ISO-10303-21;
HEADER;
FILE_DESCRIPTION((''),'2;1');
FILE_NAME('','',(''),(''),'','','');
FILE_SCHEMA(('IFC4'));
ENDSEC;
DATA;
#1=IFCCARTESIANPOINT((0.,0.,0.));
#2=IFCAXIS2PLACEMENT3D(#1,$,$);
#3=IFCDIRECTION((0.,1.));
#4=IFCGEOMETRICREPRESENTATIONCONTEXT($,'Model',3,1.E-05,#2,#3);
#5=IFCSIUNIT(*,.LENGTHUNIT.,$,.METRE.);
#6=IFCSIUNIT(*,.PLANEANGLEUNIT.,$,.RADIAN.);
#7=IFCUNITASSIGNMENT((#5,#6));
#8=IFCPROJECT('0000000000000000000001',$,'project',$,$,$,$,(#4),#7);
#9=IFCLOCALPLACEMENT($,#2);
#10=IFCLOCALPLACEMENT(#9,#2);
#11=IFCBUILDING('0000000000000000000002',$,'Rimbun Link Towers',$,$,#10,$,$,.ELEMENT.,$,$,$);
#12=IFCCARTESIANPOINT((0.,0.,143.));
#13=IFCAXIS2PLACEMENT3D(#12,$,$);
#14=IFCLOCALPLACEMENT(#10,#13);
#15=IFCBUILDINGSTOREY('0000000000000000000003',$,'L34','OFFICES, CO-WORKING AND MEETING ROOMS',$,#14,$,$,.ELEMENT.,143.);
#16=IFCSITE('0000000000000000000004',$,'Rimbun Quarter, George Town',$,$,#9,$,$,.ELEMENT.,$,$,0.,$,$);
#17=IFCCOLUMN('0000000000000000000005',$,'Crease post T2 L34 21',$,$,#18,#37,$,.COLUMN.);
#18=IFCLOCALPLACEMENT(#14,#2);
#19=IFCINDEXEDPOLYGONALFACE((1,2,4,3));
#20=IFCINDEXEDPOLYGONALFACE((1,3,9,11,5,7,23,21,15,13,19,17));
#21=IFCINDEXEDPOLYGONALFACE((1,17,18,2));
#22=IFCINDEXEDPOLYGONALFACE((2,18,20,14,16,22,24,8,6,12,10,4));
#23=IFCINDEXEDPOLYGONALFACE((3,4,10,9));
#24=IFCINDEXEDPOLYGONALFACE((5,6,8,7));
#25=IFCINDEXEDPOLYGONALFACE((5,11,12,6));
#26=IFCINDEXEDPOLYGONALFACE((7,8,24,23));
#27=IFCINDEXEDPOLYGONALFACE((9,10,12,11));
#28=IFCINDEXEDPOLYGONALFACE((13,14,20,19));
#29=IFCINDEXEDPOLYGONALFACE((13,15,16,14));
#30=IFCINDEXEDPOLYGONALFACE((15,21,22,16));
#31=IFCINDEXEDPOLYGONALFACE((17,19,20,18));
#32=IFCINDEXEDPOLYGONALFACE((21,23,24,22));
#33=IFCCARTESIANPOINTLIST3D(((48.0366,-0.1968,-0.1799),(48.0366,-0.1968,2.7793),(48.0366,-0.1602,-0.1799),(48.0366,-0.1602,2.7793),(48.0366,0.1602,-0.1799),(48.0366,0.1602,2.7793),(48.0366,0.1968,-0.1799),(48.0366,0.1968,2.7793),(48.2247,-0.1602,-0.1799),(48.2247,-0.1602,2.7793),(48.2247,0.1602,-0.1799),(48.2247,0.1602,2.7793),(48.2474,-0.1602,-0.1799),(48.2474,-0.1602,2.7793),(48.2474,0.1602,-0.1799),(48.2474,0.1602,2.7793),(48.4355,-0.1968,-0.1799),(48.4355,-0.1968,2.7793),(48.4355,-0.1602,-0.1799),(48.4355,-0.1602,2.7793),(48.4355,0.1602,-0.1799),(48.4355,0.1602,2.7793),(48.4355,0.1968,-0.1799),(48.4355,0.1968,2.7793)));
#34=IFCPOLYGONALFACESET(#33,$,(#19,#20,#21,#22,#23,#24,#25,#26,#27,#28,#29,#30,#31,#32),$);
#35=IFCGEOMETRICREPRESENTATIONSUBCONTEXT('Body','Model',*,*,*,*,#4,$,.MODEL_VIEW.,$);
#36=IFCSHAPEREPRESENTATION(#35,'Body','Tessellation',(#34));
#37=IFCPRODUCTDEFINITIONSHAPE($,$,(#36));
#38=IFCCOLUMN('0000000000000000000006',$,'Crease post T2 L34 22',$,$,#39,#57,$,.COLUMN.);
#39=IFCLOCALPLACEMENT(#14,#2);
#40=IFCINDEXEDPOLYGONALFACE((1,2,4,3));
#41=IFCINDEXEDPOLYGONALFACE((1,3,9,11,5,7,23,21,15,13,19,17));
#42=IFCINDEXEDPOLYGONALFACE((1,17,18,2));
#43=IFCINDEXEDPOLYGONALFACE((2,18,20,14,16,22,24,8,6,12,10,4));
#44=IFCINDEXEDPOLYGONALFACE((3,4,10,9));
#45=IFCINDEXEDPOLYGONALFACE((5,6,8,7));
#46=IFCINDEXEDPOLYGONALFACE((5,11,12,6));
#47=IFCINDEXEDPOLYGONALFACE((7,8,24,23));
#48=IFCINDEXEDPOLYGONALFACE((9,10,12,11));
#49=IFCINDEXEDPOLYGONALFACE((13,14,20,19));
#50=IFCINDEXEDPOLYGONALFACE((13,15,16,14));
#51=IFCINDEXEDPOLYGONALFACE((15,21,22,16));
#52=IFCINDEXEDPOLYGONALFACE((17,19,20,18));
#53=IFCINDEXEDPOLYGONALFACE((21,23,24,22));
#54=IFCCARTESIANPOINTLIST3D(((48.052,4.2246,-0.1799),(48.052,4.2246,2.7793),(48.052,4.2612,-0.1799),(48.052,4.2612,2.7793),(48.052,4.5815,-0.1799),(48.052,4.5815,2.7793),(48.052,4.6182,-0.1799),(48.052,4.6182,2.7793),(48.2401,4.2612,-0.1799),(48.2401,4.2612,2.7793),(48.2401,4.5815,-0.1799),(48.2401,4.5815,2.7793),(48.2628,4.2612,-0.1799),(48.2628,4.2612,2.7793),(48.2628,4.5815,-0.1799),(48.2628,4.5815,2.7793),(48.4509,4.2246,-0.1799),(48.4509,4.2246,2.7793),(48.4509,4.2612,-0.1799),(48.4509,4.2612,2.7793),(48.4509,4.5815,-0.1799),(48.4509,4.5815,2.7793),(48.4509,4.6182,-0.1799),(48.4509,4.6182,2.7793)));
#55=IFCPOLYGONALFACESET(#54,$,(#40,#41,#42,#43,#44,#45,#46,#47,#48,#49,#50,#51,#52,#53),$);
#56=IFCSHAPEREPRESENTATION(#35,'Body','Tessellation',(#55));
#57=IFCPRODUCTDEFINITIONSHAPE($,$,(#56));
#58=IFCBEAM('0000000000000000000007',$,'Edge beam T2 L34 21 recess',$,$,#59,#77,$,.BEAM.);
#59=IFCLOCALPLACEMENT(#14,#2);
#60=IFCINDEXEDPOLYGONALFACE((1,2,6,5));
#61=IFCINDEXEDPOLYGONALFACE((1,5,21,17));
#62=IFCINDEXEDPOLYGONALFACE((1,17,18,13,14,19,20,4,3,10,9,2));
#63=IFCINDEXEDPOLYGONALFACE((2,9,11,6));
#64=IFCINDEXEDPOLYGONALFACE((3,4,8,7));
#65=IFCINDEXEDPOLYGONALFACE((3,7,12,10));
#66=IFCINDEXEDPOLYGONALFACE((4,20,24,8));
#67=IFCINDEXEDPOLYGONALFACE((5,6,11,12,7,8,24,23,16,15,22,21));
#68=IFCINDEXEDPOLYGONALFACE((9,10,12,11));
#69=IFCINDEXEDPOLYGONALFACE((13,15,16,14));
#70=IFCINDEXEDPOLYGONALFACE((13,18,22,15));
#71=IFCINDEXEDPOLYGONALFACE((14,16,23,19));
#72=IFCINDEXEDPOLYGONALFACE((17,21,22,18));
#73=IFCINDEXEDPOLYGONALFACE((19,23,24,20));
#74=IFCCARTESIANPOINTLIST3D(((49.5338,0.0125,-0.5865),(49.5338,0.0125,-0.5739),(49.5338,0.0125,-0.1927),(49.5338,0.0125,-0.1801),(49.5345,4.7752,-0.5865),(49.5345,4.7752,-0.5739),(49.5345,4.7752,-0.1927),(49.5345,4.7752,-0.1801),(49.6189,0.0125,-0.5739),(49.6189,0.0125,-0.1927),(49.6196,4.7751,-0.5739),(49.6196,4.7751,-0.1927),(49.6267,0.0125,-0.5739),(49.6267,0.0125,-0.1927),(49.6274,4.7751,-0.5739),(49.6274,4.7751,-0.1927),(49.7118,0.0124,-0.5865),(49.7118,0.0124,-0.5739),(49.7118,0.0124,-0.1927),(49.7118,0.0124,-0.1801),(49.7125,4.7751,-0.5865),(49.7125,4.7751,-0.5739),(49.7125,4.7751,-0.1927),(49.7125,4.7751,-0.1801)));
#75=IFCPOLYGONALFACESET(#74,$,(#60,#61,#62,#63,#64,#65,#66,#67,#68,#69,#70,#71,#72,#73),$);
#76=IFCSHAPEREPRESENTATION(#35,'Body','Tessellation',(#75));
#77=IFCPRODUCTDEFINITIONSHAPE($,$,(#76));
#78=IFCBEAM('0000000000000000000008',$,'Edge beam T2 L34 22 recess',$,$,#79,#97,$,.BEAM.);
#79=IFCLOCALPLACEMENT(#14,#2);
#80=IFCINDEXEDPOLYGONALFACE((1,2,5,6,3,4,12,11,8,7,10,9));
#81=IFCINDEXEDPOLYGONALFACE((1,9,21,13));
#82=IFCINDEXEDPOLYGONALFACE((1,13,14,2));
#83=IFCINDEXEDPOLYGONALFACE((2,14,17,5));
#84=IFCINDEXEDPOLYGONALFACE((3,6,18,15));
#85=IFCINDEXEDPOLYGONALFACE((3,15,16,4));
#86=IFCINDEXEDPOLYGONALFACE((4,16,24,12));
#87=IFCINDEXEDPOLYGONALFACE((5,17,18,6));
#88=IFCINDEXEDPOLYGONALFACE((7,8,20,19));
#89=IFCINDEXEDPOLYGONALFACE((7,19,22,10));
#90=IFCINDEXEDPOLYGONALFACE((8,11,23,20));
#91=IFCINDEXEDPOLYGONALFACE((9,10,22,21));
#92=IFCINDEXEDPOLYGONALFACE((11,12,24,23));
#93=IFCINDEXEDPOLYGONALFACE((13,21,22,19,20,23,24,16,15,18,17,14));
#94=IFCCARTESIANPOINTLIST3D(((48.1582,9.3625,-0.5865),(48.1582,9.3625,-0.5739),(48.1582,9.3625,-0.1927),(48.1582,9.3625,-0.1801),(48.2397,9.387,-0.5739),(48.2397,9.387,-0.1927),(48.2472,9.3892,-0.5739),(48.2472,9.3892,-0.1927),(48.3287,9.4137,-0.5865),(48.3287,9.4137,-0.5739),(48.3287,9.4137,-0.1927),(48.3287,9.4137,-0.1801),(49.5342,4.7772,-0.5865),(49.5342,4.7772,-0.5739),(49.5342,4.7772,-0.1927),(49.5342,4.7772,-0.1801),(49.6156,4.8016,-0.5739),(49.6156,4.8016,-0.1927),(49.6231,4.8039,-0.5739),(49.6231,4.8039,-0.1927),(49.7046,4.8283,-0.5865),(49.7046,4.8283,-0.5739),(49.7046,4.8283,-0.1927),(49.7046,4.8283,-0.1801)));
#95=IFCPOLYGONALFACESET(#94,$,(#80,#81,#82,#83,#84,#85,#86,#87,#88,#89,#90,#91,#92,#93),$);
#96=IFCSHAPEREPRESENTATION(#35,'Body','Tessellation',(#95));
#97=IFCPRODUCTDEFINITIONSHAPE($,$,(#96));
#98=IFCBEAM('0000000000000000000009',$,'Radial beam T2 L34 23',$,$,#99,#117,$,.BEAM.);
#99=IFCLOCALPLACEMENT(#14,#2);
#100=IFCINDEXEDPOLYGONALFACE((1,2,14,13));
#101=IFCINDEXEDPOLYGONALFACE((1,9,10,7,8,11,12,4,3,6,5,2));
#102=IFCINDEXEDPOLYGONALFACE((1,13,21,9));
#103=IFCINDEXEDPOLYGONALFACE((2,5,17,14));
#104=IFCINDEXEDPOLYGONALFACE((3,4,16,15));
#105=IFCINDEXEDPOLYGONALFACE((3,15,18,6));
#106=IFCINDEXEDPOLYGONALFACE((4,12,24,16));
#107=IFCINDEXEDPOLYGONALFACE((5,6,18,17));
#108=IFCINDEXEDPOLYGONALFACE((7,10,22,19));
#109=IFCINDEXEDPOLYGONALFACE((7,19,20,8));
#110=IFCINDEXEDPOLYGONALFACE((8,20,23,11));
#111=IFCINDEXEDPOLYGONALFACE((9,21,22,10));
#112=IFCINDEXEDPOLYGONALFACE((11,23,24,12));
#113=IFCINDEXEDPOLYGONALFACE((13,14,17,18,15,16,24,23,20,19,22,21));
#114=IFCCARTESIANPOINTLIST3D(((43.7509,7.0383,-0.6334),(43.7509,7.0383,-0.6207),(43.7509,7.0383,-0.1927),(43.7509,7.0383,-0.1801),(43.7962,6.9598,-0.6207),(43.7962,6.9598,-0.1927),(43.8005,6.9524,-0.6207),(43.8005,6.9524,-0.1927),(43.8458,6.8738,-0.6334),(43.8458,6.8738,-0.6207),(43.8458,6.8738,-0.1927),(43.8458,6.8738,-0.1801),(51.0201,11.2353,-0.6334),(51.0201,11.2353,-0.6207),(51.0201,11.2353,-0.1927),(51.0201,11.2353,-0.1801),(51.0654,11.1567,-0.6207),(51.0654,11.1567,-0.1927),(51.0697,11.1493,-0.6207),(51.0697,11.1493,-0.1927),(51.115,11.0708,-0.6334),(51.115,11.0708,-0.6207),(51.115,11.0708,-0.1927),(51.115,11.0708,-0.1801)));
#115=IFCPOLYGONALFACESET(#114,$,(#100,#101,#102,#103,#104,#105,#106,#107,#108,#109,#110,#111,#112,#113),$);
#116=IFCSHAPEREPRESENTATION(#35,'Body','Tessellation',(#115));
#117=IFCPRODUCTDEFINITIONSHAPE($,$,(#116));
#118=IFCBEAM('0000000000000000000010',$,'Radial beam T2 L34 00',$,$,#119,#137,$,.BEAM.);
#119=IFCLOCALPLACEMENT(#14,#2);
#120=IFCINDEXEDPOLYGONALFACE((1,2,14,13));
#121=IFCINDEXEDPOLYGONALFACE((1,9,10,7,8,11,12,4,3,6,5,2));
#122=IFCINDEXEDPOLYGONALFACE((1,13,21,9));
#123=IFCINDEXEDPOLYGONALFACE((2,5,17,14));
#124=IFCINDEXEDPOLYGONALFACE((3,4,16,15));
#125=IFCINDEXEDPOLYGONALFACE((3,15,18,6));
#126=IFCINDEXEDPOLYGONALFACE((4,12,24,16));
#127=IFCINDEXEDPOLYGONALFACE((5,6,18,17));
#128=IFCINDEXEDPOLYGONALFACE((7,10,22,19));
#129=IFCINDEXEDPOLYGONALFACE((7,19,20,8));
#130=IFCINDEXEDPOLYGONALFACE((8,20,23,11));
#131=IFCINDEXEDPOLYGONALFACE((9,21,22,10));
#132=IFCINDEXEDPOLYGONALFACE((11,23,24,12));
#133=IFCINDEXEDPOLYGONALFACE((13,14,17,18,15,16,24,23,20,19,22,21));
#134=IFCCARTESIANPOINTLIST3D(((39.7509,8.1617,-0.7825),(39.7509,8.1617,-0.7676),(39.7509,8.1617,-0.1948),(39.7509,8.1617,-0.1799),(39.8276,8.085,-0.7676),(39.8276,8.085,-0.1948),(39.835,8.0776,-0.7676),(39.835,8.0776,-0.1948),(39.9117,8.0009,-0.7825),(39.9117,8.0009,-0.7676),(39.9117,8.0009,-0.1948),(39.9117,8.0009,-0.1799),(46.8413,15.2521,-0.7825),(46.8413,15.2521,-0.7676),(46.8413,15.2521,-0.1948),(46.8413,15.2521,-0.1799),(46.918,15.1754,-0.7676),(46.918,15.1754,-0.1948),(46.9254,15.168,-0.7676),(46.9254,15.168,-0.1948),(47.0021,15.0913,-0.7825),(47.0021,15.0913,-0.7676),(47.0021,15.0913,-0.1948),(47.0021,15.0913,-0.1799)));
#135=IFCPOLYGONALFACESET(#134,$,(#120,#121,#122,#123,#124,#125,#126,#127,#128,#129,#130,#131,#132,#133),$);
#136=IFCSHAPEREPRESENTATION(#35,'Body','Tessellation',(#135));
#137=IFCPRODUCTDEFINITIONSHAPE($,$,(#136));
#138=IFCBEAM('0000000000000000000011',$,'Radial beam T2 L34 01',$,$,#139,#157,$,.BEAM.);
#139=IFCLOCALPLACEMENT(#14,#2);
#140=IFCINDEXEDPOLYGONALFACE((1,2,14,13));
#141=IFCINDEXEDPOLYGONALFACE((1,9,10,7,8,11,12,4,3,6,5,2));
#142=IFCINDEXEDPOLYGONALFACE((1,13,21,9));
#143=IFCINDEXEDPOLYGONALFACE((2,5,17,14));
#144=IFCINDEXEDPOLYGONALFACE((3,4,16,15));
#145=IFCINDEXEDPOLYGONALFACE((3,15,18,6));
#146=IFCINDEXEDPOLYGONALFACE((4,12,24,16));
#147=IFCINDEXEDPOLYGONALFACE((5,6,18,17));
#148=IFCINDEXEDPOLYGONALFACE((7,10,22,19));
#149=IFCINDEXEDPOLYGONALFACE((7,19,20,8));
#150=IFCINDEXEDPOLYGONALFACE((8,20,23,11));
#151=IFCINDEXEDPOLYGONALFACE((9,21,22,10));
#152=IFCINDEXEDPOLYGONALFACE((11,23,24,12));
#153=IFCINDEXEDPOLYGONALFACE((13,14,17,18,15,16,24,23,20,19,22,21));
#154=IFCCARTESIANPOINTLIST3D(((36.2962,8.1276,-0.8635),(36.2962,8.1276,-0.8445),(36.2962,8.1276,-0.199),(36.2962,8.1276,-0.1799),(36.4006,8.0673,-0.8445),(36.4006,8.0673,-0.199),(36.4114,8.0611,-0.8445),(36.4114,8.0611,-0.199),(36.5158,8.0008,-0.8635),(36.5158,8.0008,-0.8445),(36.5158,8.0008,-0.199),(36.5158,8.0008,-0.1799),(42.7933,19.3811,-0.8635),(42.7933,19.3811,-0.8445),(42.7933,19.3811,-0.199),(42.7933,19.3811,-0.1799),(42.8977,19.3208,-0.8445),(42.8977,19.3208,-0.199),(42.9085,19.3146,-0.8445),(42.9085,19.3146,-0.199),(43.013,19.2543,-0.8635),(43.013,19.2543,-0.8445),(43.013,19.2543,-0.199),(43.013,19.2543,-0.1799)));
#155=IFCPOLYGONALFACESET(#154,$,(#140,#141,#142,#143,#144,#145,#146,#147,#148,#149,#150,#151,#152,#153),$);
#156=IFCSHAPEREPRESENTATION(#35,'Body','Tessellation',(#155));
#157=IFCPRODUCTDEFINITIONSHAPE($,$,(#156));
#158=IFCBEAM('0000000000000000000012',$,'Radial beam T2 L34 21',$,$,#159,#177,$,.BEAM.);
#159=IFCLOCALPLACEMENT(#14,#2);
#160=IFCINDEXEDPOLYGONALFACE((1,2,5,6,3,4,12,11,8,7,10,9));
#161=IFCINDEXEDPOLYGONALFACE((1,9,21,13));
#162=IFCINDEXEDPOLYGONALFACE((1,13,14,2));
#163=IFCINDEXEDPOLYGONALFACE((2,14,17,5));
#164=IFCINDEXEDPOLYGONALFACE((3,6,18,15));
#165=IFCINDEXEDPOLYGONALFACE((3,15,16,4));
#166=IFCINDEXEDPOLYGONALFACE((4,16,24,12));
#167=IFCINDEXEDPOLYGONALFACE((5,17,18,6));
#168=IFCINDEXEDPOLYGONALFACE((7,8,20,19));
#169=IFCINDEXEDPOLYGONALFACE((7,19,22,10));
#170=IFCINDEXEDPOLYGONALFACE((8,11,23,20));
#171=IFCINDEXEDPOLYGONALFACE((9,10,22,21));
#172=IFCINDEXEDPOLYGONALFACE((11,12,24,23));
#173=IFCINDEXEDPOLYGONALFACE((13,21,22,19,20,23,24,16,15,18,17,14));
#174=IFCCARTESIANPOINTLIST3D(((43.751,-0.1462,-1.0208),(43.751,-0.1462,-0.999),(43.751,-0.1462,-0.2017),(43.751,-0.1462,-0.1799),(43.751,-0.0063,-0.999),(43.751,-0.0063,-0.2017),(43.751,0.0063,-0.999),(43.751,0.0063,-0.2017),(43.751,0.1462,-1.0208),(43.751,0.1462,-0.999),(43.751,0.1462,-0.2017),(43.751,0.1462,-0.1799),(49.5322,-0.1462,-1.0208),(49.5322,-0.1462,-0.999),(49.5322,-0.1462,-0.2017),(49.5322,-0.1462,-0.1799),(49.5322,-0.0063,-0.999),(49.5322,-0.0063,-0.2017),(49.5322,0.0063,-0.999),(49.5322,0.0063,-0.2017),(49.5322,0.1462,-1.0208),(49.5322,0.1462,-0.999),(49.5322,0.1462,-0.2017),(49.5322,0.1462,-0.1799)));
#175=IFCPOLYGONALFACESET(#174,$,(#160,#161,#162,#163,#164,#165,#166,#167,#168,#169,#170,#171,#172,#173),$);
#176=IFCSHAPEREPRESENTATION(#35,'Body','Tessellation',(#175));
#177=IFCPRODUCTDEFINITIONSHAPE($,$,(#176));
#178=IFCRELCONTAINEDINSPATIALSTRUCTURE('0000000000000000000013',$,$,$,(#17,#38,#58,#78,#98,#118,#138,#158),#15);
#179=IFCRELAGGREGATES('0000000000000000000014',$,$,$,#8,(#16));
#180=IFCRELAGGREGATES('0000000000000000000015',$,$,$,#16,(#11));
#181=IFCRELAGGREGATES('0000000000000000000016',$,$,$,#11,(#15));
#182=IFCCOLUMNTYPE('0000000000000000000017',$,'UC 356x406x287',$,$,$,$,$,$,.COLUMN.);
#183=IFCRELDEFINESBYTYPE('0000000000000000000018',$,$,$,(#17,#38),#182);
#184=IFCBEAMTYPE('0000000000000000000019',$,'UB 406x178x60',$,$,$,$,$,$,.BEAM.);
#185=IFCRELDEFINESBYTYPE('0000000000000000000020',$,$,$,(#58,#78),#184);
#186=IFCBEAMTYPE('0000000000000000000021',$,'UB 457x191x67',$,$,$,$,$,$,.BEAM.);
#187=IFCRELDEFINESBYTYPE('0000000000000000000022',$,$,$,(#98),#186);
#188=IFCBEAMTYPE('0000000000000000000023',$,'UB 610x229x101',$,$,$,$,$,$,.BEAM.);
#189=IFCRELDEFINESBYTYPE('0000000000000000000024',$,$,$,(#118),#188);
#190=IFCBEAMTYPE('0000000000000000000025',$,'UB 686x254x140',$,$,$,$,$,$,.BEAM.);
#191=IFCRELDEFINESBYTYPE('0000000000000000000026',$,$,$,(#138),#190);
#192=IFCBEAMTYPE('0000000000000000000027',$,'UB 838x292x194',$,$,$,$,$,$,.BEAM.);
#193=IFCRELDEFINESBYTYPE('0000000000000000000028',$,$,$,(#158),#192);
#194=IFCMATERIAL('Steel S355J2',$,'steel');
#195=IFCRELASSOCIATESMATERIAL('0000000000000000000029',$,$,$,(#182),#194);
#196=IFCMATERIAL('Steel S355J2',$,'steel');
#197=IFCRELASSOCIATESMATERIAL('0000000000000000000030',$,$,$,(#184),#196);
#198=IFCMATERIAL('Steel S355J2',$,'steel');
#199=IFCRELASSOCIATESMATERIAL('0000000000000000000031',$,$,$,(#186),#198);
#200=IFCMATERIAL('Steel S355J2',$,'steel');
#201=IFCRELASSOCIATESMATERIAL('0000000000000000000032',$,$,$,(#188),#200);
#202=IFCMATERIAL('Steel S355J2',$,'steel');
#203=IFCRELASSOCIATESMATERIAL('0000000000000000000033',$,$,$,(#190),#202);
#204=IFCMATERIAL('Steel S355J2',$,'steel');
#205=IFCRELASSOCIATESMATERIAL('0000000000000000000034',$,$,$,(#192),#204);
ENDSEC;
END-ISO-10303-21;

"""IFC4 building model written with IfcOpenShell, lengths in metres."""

from ifc_helpers import new_model, si_unit, direction, frame, origin, origin_2d, place, context, subcontext, project, spatial, i_section, extrude, material, material_profile, profile_set, type_object, element, save


model = new_model("IFC4")

# Units and contexts
model_context = context("Model", 3, precision=1e-05, world=origin(), true_north=direction((0.0, 1.0)))
body_context = subcontext(model_context, "Body", "Model", "MODEL_VIEW")
ifc_project = project(units=[si_unit("LENGTHUNIT", "METRE"), si_unit("PLANEANGLEUNIT", "RADIAN")], contexts=[model_context])

# Site, building, storey
site_placement = place(None, origin())
site = spatial("IfcSite", under=ifc_project, at=site_placement, Name="Rimbun Quarter, George Town", CompositionType="ELEMENT", RefElevation=0.0)
building_placement = place(site_placement, origin())
building = spatial("IfcBuilding", under=site, at=building_placement, Name="Rimbun Link Towers", CompositionType="ELEMENT")
storey_placement = place(building_placement, frame((0.0, 0.0, 143.0)))
storey = spatial("IfcBuildingStorey", under=building, at=storey_placement, Name="L34", Description="OFFICES, CO-WORKING AND MEETING ROOMS", CompositionType="ELEMENT", Elevation=143.0)

# Columns
ifc_material_1 = material(Name="Steel S355J2", Category="steel")
ifc_material_profile_1 = material_profile(ifc_material_1, i_section(OverallWidth=0.3989, OverallDepth=0.3936, WebThickness=0.0227, FlangeThickness=0.0366, at=origin_2d()), Name="UC 356x406x287")
ifc_profile_set_1 = profile_set([ifc_material_profile_1], Name="Steel S355J2")
column_type = type_object("IfcColumnType", Name="UC 356x406x287", PredefinedType="COLUMN", material=ifc_profile_set_1)
for number, where, z_axis, x_axis, name in (
    (1, (48.2361, 0.0, -0.1799), (0.0, 0.0, 1.0), (1.0, 0.0, 0.0), "Crease post T2 L34 21"),
    (2, (48.2515, 4.4214, -0.1799), (0.0, 0.0, 1.0), (1.0, 0.0, 0.0), "Crease post T2 L34 22"),
):
    element("IfcColumn", number, at=place(storey_placement, frame(where, z_axis=z_axis, x_axis=x_axis)), inside=storey, type_object=column_type, Name=name, PredefinedType="COLUMN", context=body_context, shape_type="SweptSolid", body=[
        extrude(i_section(OverallWidth=0.3989, OverallDepth=0.3936, WebThickness=0.0227, FlangeThickness=0.0366, at=origin_2d()), origin(), (0.0, 0.0, 1.0), 2.9592),
    ])

# Beams
ifc_material_2 = material(Name="Steel S355J2", Category="steel")
ifc_material_profile_2 = material_profile(ifc_material_2, i_section(OverallWidth=0.178, OverallDepth=0.4065, WebThickness=0.0078, FlangeThickness=0.0127, at=origin_2d()), Name="UB 406x178x60")
ifc_profile_set_2 = profile_set([ifc_material_profile_2], Name="Steel S355J2")
beam_type_1 = type_object("IfcBeamType", Name="UB 406x178x60", PredefinedType="BEAM", material=ifc_profile_set_2)
beam_1_placement = place(storey_placement, frame((49.6228, 0.0125, -0.3833), z_axis=(0.000154, 1.0, 0.0), x_axis=(-1.0, 0.000154, 0.0)))
element("IfcBeam", 3, at=beam_1_placement, inside=storey, type_object=beam_type_1, Name="Edge beam T2 L34 21 recess", PredefinedType="BEAM", context=body_context, shape_type="SweptSolid", body=[
    extrude(i_section(OverallWidth=0.178, OverallDepth=0.4065, WebThickness=0.0078, FlangeThickness=0.0127, at=origin_2d()), origin(), (0.0, 0.0, 1.0), 4.7627),
])
beam_2_placement = place(storey_placement, frame((49.6194, 4.8027, -0.3833), z_axis=(-0.287413, 0.957807, 0.0), x_axis=(-0.957807, -0.287413, 0.0)))
element("IfcBeam", 4, at=beam_2_placement, inside=storey, type_object=beam_type_1, Name="Edge beam T2 L34 22 recess", PredefinedType="BEAM", context=body_context, shape_type="SweptSolid", body=[
    extrude(i_section(OverallWidth=0.178, OverallDepth=0.4065, WebThickness=0.0078, FlangeThickness=0.0127, at=origin_2d()), origin(), (0.0, 0.0, 1.0), 4.7874),
])
ifc_material_3 = material(Name="Steel S355J2", Category="steel")
ifc_material_profile_3 = material_profile(ifc_material_3, i_section(OverallWidth=0.1899, OverallDepth=0.4534, WebThickness=0.0085, FlangeThickness=0.0127, at=origin_2d()), Name="UB 457x191x67")
ifc_profile_set_3 = profile_set([ifc_material_profile_3], Name="Steel S355J2")
beam_type_2 = type_object("IfcBeamType", Name="UB 457x191x67", PredefinedType="BEAM", material=ifc_profile_set_3)
beam_3_placement = place(storey_placement, frame((43.7983, 6.9561, -0.4067), z_axis=(0.86602, 0.500009, 0.0), x_axis=(-0.500009, 0.86602, 0.0)))
element("IfcBeam", 5, at=beam_3_placement, inside=storey, type_object=beam_type_2, Name="Radial beam T2 L34 23", PredefinedType="BEAM", context=body_context, shape_type="SweptSolid", body=[
    extrude(i_section(OverallWidth=0.1899, OverallDepth=0.4534, WebThickness=0.0085, FlangeThickness=0.0127, at=origin_2d()), origin(), (0.0, 0.0, 1.0), 8.3938),
])
ifc_material_4 = material(Name="Steel S355J2", Category="steel")
ifc_material_profile_4 = material_profile(ifc_material_4, i_section(OverallWidth=0.2275, OverallDepth=0.6025, WebThickness=0.0105, FlangeThickness=0.0149, at=origin_2d()), Name="UB 610x229x101")
ifc_profile_set_4 = profile_set([ifc_material_profile_4], Name="Steel S355J2")
beam_type_3 = type_object("IfcBeamType", Name="UB 610x229x101", PredefinedType="BEAM", material=ifc_profile_set_4)
beam_4_placement = place(storey_placement, frame((39.8313, 8.0813, -0.4812), z_axis=(0.707107, 0.707107, 0.0), x_axis=(-0.707107, 0.707107, 0.0)))
element("IfcBeam", 6, at=beam_4_placement, inside=storey, type_object=beam_type_3, Name="Radial beam T2 L34 00", PredefinedType="BEAM", context=body_context, shape_type="SweptSolid", body=[
    extrude(i_section(OverallWidth=0.2275, OverallDepth=0.6025, WebThickness=0.0105, FlangeThickness=0.0149, at=origin_2d()), origin(), (0.0, 0.0, 1.0), 10.0273),
])
ifc_material_5 = material(Name="Steel S355J2", Category="steel")
ifc_material_profile_5 = material_profile(ifc_material_5, i_section(OverallWidth=0.2537, OverallDepth=0.6836, WebThickness=0.0125, FlangeThickness=0.019, at=origin_2d()), Name="UB 686x254x140")
ifc_profile_set_5 = profile_set([ifc_material_profile_5], Name="Steel S355J2")
beam_type_4 = type_object("IfcBeamType", Name="UB 686x254x140", PredefinedType="BEAM", material=ifc_profile_set_5)
beam_5_placement = place(storey_placement, frame((36.406, 8.0642, -0.5217), z_axis=(0.499995, 0.866029, 0.0), x_axis=(-0.866029, 0.499995, 0.0)))
element("IfcBeam", 7, at=beam_5_placement, inside=storey, type_object=beam_type_4, Name="Radial beam T2 L34 01", PredefinedType="BEAM", context=body_context, shape_type="SweptSolid", body=[
    extrude(i_section(OverallWidth=0.2537, OverallDepth=0.6836, WebThickness=0.0125, FlangeThickness=0.019, at=origin_2d()), origin(), (0.0, 0.0, 1.0), 12.9944),
])
ifc_material_6 = material(Name="Steel S355J2", Category="steel")
ifc_material_profile_6 = material_profile(ifc_material_6, i_section(OverallWidth=0.2925, OverallDepth=0.8408, WebThickness=0.0127, FlangeThickness=0.0217, at=origin_2d()), Name="UB 838x292x194")
ifc_profile_set_6 = profile_set([ifc_material_profile_6], Name="Steel S355J2")
beam_type_5 = type_object("IfcBeamType", Name="UB 838x292x194", PredefinedType="BEAM", material=ifc_profile_set_6)
beam_6_placement = place(storey_placement, frame((43.751, 0.0, -0.6003), z_axis=(1.0, 0.0, 0.0), x_axis=(0.0, 1.0, 0.0)))
element("IfcBeam", 8, at=beam_6_placement, inside=storey, type_object=beam_type_5, Name="Radial beam T2 L34 21", PredefinedType="BEAM", context=body_context, shape_type="SweptSolid", body=[
    extrude(i_section(OverallWidth=0.2925, OverallDepth=0.8408, WebThickness=0.0127, FlangeThickness=0.0217, at=origin_2d()), origin(), (0.0, 0.0, 1.0), 5.7812),
])

save(model, "model.ifc")
